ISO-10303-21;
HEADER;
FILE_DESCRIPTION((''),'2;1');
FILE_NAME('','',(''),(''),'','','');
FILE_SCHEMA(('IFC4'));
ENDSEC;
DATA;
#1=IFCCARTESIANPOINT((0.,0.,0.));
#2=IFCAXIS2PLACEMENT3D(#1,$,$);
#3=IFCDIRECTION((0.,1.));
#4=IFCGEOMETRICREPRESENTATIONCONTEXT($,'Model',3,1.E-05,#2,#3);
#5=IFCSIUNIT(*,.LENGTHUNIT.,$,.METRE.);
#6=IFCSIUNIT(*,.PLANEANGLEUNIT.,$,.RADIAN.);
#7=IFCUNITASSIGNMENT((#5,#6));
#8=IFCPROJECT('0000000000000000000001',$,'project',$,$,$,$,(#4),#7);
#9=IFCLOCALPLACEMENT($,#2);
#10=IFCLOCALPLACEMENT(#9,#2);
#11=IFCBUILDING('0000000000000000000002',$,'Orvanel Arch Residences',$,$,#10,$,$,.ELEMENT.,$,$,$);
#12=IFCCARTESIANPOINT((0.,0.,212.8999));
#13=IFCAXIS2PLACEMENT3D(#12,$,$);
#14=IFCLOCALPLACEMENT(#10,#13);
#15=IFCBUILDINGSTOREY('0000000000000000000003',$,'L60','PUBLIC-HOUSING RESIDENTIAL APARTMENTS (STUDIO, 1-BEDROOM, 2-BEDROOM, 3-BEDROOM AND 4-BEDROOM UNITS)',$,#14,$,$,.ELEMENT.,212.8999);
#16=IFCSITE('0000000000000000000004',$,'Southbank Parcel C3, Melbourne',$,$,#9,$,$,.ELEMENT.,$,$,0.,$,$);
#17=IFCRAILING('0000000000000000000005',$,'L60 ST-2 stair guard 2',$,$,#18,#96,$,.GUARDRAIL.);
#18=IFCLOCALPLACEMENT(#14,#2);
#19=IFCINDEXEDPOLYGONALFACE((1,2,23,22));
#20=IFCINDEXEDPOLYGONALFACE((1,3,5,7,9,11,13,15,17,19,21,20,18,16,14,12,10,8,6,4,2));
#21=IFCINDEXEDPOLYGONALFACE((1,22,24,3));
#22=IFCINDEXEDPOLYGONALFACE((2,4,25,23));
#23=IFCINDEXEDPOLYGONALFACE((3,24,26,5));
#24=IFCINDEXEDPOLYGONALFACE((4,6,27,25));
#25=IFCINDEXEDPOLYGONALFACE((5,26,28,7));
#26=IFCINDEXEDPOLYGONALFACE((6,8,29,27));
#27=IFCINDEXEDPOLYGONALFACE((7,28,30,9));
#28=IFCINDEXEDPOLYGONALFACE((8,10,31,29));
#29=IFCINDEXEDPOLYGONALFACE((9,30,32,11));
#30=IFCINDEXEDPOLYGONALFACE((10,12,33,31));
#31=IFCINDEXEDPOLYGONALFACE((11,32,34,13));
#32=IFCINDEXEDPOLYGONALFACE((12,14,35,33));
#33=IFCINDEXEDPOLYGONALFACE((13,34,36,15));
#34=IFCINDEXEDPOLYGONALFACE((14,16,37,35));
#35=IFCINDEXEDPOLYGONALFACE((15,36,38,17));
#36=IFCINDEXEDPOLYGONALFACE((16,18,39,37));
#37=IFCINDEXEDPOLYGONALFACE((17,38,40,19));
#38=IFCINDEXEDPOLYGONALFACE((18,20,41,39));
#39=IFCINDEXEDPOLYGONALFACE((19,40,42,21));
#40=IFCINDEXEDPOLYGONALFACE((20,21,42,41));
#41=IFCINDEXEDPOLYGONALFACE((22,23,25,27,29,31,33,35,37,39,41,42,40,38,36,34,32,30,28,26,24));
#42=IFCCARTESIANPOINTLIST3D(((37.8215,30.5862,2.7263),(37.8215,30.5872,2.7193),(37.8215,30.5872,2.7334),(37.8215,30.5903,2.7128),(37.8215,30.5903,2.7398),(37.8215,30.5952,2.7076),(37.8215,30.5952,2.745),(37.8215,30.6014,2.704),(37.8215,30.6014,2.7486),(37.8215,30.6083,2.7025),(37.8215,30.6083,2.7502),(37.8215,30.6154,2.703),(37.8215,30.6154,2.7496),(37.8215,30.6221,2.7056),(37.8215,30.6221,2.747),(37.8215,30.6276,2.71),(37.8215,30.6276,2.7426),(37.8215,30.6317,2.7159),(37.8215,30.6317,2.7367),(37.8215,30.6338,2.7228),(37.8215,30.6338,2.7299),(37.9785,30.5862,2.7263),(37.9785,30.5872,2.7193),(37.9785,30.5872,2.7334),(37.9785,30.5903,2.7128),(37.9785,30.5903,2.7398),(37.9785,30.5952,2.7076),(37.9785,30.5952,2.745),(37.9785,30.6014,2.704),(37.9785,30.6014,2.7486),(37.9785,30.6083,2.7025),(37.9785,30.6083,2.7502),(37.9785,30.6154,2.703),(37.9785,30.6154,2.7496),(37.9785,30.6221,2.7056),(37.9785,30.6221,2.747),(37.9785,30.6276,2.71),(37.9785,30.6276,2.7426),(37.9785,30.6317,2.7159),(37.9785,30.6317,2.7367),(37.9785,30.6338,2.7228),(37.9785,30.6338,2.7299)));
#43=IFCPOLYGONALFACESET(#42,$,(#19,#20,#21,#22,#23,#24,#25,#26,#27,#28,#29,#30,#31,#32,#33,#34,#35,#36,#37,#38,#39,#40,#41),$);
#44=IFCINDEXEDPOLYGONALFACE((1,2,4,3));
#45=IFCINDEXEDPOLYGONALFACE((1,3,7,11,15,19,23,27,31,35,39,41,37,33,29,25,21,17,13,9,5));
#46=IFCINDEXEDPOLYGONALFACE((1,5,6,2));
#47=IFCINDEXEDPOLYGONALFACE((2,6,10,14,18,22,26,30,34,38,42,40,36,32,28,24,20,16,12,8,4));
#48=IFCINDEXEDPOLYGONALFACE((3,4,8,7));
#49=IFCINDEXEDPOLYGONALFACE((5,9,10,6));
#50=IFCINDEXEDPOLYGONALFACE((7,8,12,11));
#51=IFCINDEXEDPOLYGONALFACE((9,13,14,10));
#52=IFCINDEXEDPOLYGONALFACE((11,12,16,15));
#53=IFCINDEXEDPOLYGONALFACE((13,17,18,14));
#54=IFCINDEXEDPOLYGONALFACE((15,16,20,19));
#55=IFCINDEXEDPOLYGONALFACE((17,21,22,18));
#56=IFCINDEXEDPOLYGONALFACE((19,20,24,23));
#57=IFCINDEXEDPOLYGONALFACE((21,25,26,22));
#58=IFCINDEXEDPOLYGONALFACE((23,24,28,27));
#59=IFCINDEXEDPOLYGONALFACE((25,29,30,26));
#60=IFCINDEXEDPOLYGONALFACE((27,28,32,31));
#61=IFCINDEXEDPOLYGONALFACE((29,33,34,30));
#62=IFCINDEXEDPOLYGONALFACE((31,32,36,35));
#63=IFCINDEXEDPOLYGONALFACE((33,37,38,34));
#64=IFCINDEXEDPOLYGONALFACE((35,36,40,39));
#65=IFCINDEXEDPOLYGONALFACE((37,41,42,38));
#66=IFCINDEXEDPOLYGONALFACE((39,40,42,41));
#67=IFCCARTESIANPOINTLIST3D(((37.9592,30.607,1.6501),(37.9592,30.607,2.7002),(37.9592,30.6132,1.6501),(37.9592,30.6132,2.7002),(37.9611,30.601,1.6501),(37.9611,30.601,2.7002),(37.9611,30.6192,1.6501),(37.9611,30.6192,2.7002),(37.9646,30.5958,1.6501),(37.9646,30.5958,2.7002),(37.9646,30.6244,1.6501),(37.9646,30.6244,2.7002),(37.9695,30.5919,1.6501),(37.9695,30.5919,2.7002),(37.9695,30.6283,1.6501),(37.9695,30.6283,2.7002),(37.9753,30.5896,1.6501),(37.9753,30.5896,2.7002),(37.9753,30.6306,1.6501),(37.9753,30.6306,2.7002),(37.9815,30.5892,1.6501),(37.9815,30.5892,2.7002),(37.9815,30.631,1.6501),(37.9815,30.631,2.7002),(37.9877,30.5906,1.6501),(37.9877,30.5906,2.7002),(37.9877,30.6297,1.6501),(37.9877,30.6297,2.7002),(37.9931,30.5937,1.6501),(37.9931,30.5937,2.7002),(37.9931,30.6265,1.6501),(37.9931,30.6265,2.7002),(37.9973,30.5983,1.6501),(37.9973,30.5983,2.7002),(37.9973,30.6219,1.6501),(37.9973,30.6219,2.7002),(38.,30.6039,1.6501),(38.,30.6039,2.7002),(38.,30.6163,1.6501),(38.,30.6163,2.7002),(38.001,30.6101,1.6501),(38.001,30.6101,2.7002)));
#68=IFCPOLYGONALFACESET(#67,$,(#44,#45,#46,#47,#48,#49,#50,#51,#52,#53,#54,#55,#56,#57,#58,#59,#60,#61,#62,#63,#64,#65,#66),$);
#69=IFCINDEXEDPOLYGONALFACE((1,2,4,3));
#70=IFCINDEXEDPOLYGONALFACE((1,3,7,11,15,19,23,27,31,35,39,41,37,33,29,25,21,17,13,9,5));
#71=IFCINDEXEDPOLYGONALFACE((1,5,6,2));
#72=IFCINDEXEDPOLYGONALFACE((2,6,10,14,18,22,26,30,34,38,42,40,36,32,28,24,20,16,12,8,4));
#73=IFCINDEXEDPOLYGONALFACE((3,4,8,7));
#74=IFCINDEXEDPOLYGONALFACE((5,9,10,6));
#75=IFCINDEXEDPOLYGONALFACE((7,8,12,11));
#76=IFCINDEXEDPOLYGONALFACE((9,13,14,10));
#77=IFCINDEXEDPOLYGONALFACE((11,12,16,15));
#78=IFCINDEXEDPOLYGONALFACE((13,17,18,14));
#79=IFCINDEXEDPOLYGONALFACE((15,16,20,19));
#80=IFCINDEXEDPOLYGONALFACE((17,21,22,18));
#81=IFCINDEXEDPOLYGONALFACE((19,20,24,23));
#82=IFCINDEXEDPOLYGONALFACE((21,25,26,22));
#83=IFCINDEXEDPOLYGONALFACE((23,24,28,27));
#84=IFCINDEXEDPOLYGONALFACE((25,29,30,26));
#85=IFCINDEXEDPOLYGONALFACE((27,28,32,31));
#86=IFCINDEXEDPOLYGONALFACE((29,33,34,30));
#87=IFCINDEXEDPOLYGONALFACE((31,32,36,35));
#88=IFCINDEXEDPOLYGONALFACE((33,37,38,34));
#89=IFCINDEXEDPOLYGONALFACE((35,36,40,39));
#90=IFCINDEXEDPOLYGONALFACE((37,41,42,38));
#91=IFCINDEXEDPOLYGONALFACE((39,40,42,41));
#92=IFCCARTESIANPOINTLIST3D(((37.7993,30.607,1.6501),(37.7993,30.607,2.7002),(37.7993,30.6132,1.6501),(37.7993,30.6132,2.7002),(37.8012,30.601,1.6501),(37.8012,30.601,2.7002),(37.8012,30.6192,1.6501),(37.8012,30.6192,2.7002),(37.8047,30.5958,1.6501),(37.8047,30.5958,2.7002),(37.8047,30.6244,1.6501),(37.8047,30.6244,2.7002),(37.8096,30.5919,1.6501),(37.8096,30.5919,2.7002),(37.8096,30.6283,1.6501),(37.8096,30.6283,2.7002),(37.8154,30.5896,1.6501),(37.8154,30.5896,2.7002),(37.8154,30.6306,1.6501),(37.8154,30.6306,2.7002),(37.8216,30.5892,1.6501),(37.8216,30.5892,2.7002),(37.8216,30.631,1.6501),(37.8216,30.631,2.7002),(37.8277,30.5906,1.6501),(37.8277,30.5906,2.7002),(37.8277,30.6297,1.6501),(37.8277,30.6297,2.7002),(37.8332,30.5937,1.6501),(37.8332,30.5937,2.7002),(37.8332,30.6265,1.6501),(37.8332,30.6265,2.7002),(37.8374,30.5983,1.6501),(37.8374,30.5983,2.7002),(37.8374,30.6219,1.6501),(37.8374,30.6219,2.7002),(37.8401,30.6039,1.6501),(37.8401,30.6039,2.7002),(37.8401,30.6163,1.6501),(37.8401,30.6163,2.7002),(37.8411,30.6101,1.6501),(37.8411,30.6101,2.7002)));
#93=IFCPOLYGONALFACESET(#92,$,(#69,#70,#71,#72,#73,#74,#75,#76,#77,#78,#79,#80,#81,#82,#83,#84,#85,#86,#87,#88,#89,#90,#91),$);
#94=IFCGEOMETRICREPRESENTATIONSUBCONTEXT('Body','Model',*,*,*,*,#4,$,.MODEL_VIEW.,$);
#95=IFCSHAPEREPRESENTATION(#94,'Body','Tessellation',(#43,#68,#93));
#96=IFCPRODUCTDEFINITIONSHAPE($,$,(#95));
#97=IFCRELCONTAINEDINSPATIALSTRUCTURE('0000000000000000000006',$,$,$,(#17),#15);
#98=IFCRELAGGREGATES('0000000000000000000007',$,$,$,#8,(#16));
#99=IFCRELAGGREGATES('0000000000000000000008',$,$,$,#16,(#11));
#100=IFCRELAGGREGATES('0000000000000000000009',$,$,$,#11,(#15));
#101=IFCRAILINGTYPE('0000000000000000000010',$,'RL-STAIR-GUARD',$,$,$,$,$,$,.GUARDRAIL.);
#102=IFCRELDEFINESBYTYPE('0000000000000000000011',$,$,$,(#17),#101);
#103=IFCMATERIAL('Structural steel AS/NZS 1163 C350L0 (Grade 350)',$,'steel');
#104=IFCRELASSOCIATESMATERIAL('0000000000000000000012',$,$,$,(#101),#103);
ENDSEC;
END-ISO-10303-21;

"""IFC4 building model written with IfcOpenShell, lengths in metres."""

from ifc_helpers import new_model, si_unit, direction, frame, origin, origin_2d, place, context, subcontext, project, spatial, circle, extrude, material, type_object, element, save


model = new_model("IFC4")

# Units and contexts
model_context = context("Model", 3, precision=1e-05, world=origin(), true_north=direction((0.0, 1.0)))
body_context = subcontext(model_context, "Body", "Model", "MODEL_VIEW")
ifc_project = project(units=[si_unit("LENGTHUNIT", "METRE"), si_unit("PLANEANGLEUNIT", "RADIAN")], contexts=[model_context])

# Site, building, storey
site_placement = place(None, origin())
site = spatial("IfcSite", under=ifc_project, at=site_placement, Name="Southbank Parcel C3, Melbourne", CompositionType="ELEMENT", RefElevation=0.0)
building_placement = place(site_placement, origin())
building = spatial("IfcBuilding", under=site, at=building_placement, Name="Orvanel Arch Residences", CompositionType="ELEMENT")
storey_placement = place(building_placement, frame((0.0, 0.0, 212.8999)))
storey = spatial("IfcBuildingStorey", under=building, at=storey_placement, Name="L60", Description="PUBLIC-HOUSING RESIDENTIAL APARTMENTS (STUDIO, 1-BEDROOM, 2-BEDROOM, 3-BEDROOM AND 4-BEDROOM UNITS)", CompositionType="ELEMENT", Elevation=212.8999)

# Railing
ifc_material_1 = material(Name="Structural steel AS/NZS 1163 C350L0 (Grade 350)", Category="steel")
railing_type_1 = type_object("IfcRailingType", Name="RL-STAIR-GUARD", PredefinedType="GUARDRAIL", material=ifc_material_1)
railing_1_placement = place(storey_placement, frame((37.98, 30.6101, 1.6501)))
element("IfcRailing", 1, at=railing_1_placement, inside=storey, type_object=railing_type_1, Name="L60 ST-2 stair guard 2", PredefinedType="GUARDRAIL", context=body_context, shape_type="SweptSolid", body=[
    extrude(circle(Radius=0.0239, at=origin_2d()), frame((-0.0015, 0.0, 1.0762), z_axis=(-1.0, 0.0, 0.0), x_axis=(0.0, -1.0, 0.0)), (0.0, 0.0, 1.0), 0.157),
    extrude(circle(Radius=0.021, at=origin_2d()), origin(), (0.0, 0.0, 1.0), 1.05),
    extrude(circle(Radius=0.021, at=origin_2d()), frame((-0.1599, 0.0, 0.0)), (0.0, 0.0, 1.0), 1.05),
])

save(model, "model.ifc")
